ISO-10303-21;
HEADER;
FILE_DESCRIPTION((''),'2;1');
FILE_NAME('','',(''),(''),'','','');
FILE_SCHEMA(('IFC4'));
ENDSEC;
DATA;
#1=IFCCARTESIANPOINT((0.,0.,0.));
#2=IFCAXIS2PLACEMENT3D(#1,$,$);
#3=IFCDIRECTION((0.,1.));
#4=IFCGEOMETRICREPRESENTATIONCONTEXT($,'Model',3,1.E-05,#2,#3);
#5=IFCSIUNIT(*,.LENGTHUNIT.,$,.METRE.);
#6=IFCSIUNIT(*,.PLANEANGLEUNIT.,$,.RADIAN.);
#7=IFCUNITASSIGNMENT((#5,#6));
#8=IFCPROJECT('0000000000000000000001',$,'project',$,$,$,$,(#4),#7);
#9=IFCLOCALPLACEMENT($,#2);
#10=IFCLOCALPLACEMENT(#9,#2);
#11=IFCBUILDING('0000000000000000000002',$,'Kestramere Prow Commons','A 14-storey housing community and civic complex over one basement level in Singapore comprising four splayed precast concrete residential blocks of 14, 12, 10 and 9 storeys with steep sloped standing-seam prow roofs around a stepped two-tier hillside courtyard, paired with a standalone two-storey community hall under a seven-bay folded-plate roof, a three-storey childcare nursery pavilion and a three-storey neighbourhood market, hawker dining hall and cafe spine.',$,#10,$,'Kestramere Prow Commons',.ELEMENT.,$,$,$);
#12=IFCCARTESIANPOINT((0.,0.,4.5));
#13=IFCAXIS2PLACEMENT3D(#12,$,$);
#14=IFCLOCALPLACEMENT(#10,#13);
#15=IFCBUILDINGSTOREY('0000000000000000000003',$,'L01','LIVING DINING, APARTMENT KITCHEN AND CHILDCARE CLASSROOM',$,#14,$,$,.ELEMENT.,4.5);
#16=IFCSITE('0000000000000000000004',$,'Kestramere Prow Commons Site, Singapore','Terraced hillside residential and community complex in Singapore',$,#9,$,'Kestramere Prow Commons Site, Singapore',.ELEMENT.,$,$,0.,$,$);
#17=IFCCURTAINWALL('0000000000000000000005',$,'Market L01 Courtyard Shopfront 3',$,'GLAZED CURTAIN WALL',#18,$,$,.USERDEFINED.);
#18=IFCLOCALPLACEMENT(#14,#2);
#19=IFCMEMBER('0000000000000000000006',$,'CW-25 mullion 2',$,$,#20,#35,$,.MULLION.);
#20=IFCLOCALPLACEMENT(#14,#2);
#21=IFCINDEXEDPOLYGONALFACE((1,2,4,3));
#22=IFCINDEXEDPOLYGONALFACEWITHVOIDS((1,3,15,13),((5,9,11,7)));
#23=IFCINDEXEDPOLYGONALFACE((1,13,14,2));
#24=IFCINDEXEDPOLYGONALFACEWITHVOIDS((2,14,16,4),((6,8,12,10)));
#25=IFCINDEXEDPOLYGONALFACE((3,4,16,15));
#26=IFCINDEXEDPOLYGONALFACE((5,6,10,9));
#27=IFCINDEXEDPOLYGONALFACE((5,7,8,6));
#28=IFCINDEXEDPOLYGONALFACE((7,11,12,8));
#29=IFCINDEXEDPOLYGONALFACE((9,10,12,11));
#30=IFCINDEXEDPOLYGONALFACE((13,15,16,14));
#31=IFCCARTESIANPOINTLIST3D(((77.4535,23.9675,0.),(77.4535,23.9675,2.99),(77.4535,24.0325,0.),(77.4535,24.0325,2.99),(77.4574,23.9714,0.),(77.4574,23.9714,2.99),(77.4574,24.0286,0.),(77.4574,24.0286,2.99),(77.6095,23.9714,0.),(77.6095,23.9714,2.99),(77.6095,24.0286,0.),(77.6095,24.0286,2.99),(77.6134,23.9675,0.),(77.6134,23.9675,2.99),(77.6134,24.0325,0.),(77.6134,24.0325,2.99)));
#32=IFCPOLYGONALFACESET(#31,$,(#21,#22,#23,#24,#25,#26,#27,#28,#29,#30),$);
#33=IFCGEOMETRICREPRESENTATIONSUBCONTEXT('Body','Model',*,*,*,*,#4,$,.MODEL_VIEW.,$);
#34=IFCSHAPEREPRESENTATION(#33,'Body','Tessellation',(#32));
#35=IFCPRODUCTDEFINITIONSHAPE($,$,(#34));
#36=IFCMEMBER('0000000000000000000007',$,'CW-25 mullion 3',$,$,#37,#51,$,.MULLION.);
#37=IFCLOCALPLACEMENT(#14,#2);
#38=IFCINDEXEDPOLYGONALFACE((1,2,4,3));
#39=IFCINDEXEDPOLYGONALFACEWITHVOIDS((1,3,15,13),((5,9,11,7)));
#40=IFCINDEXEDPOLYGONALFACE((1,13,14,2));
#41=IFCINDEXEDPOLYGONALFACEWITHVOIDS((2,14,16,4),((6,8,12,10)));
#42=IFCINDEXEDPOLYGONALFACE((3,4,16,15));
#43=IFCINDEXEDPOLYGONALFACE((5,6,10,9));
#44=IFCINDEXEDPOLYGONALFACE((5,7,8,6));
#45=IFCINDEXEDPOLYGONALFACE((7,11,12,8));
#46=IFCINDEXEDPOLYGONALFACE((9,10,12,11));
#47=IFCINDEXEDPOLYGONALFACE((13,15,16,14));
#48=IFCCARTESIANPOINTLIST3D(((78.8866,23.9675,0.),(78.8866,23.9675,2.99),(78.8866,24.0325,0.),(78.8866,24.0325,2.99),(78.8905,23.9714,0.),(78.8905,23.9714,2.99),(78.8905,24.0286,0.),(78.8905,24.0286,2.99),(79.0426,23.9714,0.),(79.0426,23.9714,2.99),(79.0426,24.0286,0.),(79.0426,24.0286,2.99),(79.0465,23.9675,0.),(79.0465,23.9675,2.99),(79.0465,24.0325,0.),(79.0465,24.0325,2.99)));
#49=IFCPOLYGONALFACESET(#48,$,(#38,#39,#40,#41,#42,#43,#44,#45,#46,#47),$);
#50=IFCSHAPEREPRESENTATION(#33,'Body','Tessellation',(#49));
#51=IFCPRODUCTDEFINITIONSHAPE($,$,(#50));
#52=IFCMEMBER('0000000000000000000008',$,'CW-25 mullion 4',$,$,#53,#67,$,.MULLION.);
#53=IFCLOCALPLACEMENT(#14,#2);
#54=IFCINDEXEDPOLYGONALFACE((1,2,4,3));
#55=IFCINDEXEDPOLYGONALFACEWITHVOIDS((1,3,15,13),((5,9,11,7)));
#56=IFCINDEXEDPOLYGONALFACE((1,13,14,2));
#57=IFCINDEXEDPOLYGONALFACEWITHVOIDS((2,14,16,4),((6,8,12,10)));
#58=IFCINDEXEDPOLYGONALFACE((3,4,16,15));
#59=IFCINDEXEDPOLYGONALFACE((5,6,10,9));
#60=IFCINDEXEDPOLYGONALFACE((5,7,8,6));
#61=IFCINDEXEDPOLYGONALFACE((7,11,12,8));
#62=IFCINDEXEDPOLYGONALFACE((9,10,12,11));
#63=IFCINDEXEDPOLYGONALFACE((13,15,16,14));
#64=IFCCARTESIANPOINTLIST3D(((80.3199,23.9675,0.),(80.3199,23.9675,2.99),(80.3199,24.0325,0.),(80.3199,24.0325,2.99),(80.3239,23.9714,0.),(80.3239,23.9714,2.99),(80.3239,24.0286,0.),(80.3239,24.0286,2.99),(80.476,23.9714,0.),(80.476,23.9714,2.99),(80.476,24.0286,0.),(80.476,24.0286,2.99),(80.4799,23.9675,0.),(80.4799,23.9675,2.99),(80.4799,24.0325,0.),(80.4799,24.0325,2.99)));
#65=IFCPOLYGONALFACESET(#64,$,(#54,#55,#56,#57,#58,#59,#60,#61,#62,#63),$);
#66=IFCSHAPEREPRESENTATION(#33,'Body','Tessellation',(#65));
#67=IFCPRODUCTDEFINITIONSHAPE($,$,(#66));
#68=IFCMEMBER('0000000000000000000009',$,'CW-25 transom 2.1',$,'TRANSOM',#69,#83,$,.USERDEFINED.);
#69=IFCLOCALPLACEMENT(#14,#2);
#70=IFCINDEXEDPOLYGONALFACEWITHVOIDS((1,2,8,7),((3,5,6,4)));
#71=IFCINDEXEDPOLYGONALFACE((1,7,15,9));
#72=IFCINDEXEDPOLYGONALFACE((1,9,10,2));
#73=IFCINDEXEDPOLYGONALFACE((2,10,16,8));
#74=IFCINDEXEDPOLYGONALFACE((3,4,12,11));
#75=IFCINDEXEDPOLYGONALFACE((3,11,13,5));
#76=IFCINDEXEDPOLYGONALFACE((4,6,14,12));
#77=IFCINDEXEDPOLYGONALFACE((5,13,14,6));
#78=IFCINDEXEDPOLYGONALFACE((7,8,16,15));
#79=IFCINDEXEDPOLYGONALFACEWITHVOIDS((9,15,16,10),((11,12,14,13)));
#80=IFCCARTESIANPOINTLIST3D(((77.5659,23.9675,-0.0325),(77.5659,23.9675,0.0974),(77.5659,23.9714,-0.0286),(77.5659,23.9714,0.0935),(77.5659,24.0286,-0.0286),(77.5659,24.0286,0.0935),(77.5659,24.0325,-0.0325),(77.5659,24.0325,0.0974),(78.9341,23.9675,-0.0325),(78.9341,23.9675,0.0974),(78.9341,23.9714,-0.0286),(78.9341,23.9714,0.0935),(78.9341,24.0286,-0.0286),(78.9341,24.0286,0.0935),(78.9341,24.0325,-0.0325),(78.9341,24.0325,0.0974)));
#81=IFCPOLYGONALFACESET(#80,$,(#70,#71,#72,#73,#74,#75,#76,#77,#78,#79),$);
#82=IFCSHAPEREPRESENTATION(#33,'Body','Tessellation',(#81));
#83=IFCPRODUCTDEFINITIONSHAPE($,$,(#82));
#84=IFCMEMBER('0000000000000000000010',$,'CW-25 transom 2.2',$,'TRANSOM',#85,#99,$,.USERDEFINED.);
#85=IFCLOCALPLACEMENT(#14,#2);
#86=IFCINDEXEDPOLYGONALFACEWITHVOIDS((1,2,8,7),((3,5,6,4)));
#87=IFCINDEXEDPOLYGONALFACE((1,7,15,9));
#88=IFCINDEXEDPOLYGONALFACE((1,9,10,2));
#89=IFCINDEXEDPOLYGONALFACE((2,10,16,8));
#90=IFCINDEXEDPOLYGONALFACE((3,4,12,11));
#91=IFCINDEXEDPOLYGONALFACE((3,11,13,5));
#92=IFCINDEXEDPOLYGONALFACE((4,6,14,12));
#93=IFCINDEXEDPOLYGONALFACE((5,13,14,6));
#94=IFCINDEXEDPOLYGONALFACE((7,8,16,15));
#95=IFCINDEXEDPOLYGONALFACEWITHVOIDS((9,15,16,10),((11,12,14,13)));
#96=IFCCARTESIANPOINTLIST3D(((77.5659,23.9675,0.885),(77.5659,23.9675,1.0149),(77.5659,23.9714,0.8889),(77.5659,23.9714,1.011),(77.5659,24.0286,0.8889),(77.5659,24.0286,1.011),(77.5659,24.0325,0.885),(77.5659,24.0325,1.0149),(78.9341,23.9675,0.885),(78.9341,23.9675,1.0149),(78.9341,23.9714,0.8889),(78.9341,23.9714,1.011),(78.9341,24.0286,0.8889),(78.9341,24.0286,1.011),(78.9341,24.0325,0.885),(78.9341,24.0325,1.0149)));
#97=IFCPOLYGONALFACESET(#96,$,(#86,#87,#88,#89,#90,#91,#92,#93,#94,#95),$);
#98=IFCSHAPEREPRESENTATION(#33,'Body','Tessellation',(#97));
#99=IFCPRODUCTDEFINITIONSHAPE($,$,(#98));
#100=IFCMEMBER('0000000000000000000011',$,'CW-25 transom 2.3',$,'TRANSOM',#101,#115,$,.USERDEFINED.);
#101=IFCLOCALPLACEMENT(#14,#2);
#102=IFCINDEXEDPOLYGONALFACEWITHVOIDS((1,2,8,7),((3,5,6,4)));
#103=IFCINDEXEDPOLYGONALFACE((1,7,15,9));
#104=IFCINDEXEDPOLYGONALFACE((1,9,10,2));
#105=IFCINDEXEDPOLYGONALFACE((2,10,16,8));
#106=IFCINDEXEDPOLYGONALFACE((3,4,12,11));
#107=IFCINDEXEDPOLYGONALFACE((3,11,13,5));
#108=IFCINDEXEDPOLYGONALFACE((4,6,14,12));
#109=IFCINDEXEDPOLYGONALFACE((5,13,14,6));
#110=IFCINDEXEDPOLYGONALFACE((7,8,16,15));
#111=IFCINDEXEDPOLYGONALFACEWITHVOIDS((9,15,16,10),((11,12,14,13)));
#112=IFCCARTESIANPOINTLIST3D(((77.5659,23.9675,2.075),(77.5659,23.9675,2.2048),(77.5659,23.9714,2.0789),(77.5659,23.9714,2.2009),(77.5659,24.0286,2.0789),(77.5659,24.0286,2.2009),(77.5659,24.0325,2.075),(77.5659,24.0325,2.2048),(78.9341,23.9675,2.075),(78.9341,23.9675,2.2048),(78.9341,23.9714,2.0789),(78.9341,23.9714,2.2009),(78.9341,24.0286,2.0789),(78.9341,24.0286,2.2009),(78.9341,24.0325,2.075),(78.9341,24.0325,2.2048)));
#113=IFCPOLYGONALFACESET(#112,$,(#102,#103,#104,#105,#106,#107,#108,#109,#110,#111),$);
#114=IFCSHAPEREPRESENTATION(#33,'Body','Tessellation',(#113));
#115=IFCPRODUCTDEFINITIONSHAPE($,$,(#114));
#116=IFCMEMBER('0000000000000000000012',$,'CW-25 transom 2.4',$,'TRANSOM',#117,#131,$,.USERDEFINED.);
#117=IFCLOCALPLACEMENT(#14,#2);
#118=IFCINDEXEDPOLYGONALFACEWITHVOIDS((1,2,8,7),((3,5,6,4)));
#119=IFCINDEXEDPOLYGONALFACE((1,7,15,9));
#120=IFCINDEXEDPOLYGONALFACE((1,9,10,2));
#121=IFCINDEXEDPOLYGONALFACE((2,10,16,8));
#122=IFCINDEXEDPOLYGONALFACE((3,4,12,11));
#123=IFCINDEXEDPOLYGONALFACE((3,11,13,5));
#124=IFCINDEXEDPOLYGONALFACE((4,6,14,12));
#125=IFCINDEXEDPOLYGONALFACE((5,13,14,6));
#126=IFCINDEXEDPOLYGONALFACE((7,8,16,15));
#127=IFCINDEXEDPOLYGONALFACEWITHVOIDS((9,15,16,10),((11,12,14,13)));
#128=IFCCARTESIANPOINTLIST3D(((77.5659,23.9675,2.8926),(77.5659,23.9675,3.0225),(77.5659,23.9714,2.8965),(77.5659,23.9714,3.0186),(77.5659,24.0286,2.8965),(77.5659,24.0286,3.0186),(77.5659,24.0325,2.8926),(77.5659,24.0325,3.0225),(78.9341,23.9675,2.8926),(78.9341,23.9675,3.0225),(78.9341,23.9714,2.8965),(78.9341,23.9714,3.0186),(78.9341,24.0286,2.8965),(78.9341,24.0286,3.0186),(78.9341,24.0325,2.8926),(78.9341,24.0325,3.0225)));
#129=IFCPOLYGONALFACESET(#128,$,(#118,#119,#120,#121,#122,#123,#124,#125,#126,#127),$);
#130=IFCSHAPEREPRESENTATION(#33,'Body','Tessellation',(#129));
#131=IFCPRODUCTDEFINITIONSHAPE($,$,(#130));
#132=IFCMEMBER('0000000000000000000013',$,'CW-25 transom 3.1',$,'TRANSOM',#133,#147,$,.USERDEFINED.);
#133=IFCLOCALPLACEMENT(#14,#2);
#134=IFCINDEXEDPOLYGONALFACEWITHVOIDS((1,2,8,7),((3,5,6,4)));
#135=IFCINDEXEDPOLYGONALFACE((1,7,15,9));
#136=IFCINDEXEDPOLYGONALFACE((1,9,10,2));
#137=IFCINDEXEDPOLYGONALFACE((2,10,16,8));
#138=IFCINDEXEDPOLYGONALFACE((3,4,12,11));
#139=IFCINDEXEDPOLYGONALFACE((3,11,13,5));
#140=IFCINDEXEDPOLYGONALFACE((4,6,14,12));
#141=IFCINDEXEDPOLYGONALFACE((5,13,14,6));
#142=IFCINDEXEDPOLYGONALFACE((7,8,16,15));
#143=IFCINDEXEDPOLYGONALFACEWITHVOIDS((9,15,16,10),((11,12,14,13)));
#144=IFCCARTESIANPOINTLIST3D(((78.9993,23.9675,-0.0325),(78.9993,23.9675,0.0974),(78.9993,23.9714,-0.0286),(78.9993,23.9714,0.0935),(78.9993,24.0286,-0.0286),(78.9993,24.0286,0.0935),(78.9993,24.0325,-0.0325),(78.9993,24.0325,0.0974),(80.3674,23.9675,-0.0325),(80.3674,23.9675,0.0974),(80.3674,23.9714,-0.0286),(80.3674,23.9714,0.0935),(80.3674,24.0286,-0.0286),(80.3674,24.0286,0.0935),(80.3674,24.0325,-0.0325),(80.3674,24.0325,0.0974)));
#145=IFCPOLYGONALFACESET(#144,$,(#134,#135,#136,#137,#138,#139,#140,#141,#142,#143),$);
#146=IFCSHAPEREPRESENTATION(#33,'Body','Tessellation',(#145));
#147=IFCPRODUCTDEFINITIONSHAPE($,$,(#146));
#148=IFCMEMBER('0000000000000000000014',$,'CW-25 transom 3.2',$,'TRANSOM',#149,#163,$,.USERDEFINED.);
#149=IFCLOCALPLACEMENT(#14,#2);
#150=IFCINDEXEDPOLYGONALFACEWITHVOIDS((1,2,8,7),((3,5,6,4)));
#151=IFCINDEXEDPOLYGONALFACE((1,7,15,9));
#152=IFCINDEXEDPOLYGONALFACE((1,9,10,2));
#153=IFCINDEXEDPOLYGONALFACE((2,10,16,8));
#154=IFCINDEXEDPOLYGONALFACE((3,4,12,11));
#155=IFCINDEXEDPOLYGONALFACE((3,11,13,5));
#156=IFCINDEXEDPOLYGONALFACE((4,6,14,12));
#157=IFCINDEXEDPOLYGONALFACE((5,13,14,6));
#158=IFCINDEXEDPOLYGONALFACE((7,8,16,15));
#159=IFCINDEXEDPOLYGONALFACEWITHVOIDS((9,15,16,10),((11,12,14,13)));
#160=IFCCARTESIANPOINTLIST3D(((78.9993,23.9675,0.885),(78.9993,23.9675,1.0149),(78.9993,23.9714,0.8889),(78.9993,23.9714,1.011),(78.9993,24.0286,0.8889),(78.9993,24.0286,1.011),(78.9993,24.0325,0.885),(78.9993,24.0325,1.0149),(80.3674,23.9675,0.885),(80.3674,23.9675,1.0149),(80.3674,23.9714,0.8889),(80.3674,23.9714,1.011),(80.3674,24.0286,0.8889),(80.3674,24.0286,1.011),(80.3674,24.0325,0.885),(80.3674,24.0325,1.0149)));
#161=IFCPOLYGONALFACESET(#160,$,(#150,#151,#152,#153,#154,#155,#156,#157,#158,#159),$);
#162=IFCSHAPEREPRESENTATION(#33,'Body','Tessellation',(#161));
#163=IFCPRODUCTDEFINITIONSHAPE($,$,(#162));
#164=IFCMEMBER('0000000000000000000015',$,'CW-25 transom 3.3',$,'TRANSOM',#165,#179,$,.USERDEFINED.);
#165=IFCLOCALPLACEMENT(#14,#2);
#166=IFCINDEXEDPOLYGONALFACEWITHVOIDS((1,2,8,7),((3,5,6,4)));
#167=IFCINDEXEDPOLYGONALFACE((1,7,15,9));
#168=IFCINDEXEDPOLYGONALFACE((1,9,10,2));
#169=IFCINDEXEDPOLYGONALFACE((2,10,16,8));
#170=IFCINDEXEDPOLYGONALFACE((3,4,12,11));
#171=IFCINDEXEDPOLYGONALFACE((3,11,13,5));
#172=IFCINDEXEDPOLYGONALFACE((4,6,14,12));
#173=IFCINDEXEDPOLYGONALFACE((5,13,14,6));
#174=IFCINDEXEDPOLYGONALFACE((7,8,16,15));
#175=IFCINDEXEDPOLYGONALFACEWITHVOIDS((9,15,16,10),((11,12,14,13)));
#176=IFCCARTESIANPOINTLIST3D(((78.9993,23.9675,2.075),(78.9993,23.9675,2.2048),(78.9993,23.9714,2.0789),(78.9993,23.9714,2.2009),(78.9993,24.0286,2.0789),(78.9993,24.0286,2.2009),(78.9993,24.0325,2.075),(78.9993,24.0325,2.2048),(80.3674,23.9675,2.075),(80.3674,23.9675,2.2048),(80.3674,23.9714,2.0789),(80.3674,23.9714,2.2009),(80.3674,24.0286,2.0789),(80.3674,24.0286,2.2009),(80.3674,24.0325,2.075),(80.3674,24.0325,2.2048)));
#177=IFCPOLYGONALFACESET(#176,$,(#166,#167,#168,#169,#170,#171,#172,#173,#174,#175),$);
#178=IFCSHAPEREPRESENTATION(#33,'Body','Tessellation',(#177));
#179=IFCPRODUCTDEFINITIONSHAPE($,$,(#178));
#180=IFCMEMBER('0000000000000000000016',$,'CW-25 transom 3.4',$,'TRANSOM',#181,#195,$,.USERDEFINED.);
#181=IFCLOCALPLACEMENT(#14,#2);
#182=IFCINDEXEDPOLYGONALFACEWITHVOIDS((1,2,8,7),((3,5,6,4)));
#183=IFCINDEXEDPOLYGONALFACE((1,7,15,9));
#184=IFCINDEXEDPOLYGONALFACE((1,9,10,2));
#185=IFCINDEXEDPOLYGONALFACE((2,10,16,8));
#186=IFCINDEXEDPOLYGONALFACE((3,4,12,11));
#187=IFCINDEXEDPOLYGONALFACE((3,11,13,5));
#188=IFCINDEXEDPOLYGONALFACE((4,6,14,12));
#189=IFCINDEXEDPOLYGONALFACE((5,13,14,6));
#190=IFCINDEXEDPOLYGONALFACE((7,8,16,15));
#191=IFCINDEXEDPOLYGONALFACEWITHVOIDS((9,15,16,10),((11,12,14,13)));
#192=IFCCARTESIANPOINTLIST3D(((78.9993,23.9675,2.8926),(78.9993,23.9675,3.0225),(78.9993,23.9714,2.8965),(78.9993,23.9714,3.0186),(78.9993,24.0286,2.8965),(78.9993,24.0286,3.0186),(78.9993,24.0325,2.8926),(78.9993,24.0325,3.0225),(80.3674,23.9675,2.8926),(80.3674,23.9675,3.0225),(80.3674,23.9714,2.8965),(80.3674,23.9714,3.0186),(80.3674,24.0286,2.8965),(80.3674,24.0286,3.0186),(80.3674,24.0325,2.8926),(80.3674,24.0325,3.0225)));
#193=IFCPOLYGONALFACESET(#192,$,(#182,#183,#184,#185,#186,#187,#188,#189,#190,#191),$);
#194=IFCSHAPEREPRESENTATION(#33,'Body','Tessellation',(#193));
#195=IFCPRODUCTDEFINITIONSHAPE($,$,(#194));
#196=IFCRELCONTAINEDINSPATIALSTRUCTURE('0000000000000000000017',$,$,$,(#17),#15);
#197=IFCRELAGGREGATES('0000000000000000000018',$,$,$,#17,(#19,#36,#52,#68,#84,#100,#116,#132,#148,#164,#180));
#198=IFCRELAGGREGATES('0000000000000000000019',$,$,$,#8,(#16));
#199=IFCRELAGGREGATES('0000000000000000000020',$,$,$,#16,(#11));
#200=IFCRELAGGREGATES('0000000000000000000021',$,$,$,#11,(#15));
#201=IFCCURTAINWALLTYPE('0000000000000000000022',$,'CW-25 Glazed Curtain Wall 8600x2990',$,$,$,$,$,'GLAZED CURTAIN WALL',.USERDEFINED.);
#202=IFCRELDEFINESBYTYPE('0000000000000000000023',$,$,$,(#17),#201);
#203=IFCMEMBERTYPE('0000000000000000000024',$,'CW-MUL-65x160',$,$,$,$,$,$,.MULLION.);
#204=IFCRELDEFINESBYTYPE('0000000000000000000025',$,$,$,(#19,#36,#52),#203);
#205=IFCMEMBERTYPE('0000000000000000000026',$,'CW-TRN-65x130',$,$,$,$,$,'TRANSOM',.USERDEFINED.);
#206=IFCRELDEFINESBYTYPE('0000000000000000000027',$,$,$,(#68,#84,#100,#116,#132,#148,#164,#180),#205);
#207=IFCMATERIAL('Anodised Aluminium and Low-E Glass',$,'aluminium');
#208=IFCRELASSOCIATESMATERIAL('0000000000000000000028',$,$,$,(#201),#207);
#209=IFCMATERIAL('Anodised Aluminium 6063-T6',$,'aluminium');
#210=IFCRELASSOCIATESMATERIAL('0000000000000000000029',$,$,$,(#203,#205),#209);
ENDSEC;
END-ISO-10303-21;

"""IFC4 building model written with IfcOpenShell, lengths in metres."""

from ifc_helpers import new_model, si_unit, direction, frame, origin, origin_2d, place, context, subcontext, project, spatial, hollow_rectangle, extrude, material, material_profile, profile_set, type_object, element, aggregate, save


model = new_model("IFC4")

# Units and contexts
model_context = context("Model", 3, precision=1e-05, world=origin(), true_north=direction((0.0, 1.0)))
body_context = subcontext(model_context, "Body", "Model", "MODEL_VIEW")
ifc_project = project(units=[si_unit("LENGTHUNIT", "METRE"), si_unit("PLANEANGLEUNIT", "RADIAN")], contexts=[model_context])

# Site, building, storey
site_placement = place(None, origin())
site = spatial("IfcSite", under=ifc_project, at=site_placement, Name="Kestramere Prow Commons Site, Singapore", Description="Terraced hillside residential and community complex in Singapore", LongName="Kestramere Prow Commons Site, Singapore", CompositionType="ELEMENT", RefElevation=0.0)
building_placement = place(site_placement, origin())
building = spatial("IfcBuilding", under=site, at=building_placement, Name="Kestramere Prow Commons", Description="A 14-storey housing community and civic complex over one basement level in Singapore comprising four splayed precast concrete residential blocks of 14, 12, 10 and 9 storeys with steep sloped standing-seam prow roofs around a stepped two-tier hillside courtyard, paired with a standalone two-storey community hall under a seven-bay folded-plate roof, a three-storey childcare nursery pavilion and a three-storey neighbourhood market, hawker dining hall and cafe spine.", LongName="Kestramere Prow Commons", CompositionType="ELEMENT")
storey_placement = place(building_placement, frame((0.0, 0.0, 4.5)))
storey = spatial("IfcBuildingStorey", under=building, at=storey_placement, Name="L01", Description="LIVING DINING, APARTMENT KITCHEN AND CHILDCARE CLASSROOM", CompositionType="ELEMENT", Elevation=4.5)

# Curtain wall, members
ifc_material_1 = material(Name="Anodised Aluminium and Low-E Glass", Category="aluminium")
curtain_wall_type = type_object("IfcCurtainWallType", Name="CW-25 Glazed Curtain Wall 8600x2990", ElementType="GLAZED CURTAIN WALL", PredefinedType="USERDEFINED", material=ifc_material_1)
curtain_wall_placement = place(storey_placement, origin())
curtain_wall = element("IfcCurtainWall", 1, at=curtain_wall_placement, inside=storey, type_object=curtain_wall_type, Name="Market L01 Courtyard Shopfront 3", ObjectType="GLAZED CURTAIN WALL", PredefinedType="USERDEFINED")
ifc_material_2 = material(Name="Anodised Aluminium 6063-T6", Category="aluminium")
ifc_material_profile_1 = material_profile(ifc_material_2, hollow_rectangle(XDim=0.0649, YDim=0.1599, WallThickness=0.0039, at=origin_2d()), Name="ALU-MUL 65x160")
ifc_profile_set_1 = profile_set([ifc_material_profile_1], Name="Anodised Aluminium 6063-T6")
member_type_1 = type_object("IfcMemberType", Name="CW-MUL-65x160", PredefinedType="MULLION", material=ifc_profile_set_1)
member_1_placement = place(storey_placement, frame((77.5334, 24.0, 0.0), z_axis=(0.0, 0.0, 1.0), x_axis=(0.0, 1.0, 0.0)))
member_1 = element("IfcMember", 2, at=member_1_placement, type_object=member_type_1, Name="CW-25 mullion 2", PredefinedType="MULLION", context=body_context, shape_type="SweptSolid", body=[
    extrude(hollow_rectangle(XDim=0.0649, YDim=0.1599, WallThickness=0.0039, at=origin_2d()), origin(), (0.0, 0.0, 1.0), 2.99),
])
member_2_placement = place(storey_placement, frame((78.9666, 24.0, 0.0), z_axis=(0.0, 0.0, 1.0), x_axis=(0.0, 1.0, 0.0)))
member_2 = element("IfcMember", 3, at=member_2_placement, type_object=member_type_1, Name="CW-25 mullion 3", PredefinedType="MULLION", context=body_context, shape_type="SweptSolid", body=[
    extrude(hollow_rectangle(XDim=0.0649, YDim=0.1599, WallThickness=0.0039, at=origin_2d()), origin(), (0.0, 0.0, 1.0), 2.99),
])
member_3_placement = place(storey_placement, frame((80.3999, 24.0, 0.0), z_axis=(0.0, 0.0, 1.0), x_axis=(0.0, 1.0, 0.0)))
member_3 = element("IfcMember", 4, at=member_3_placement, type_object=member_type_1, Name="CW-25 mullion 4", PredefinedType="MULLION", context=body_context, shape_type="SweptSolid", body=[
    extrude(hollow_rectangle(XDim=0.0649, YDim=0.1599, WallThickness=0.0039, at=origin_2d()), origin(), (0.0, 0.0, 1.0), 2.99),
])
ifc_material_profile_2 = material_profile(ifc_material_2, hollow_rectangle(XDim=0.0649, YDim=0.1299, WallThickness=0.0039, at=origin_2d()), Name="ALU-TRN 65x130")
ifc_profile_set_2 = profile_set([ifc_material_profile_2], Name="Anodised Aluminium 6063-T6")
member_type_2 = type_object("IfcMemberType", Name="CW-TRN-65x130", ElementType="TRANSOM", PredefinedType="USERDEFINED", material=ifc_profile_set_2)
member_4_placement = place(storey_placement, frame((77.5659, 24.0, 0.0325), z_axis=(1.0, 0.0, 0.0), x_axis=(0.0, 1.0, 0.0)))
member_4 = element("IfcMember", 5, at=member_4_placement, type_object=member_type_2, Name="CW-25 transom 2.1", ObjectType="TRANSOM", PredefinedType="USERDEFINED", context=body_context, shape_type="SweptSolid", body=[
    extrude(hollow_rectangle(XDim=0.0649, YDim=0.1299, WallThickness=0.0039, at=origin_2d()), origin(), (0.0, 0.0, 1.0), 1.3682),
])
member_5_placement = place(storey_placement, frame((77.5659, 24.0, 0.95), z_axis=(1.0, 0.0, 0.0), x_axis=(0.0, 1.0, 0.0)))
member_5 = element("IfcMember", 6, at=member_5_placement, type_object=member_type_2, Name="CW-25 transom 2.2", ObjectType="TRANSOM", PredefinedType="USERDEFINED", context=body_context, shape_type="SweptSolid", body=[
    extrude(hollow_rectangle(XDim=0.0649, YDim=0.1299, WallThickness=0.0039, at=origin_2d()), origin(), (0.0, 0.0, 1.0), 1.3682),
])
member_6_placement = place(storey_placement, frame((77.5659, 24.0, 2.1399), z_axis=(1.0, 0.0, 0.0), x_axis=(0.0, 1.0, 0.0)))
member_6 = element("IfcMember", 7, at=member_6_placement, type_object=member_type_2, Name="CW-25 transom 2.3", ObjectType="TRANSOM", PredefinedType="USERDEFINED", context=body_context, shape_type="SweptSolid", body=[
    extrude(hollow_rectangle(XDim=0.0649, YDim=0.1299, WallThickness=0.0039, at=origin_2d()), origin(), (0.0, 0.0, 1.0), 1.3682),
])
member_7_placement = place(storey_placement, frame((77.5659, 24.0, 2.9575), z_axis=(1.0, 0.0, 0.0), x_axis=(0.0, 1.0, 0.0)))
member_7 = element("IfcMember", 8, at=member_7_placement, type_object=member_type_2, Name="CW-25 transom 2.4", ObjectType="TRANSOM", PredefinedType="USERDEFINED", context=body_context, shape_type="SweptSolid", body=[
    extrude(hollow_rectangle(XDim=0.0649, YDim=0.1299, WallThickness=0.0039, at=origin_2d()), origin(), (0.0, 0.0, 1.0), 1.3682),
])
member_8_placement = place(storey_placement, frame((78.9993, 24.0, 0.0325), z_axis=(1.0, 0.0, 0.0), x_axis=(0.0, 1.0, 0.0)))
member_8 = element("IfcMember", 9, at=member_8_placement, type_object=member_type_2, Name="CW-25 transom 3.1", ObjectType="TRANSOM", PredefinedType="USERDEFINED", context=body_context, shape_type="SweptSolid", body=[
    extrude(hollow_rectangle(XDim=0.0649, YDim=0.1299, WallThickness=0.0039, at=origin_2d()), origin(), (0.0, 0.0, 1.0), 1.3682),
])
member_9_placement = place(storey_placement, frame((78.9993, 24.0, 0.95), z_axis=(1.0, 0.0, 0.0), x_axis=(0.0, 1.0, 0.0)))
member_9 = element("IfcMember", 10, at=member_9_placement, type_object=member_type_2, Name="CW-25 transom 3.2", ObjectType="TRANSOM", PredefinedType="USERDEFINED", context=body_context, shape_type="SweptSolid", body=[
    extrude(hollow_rectangle(XDim=0.0649, YDim=0.1299, WallThickness=0.0039, at=origin_2d()), origin(), (0.0, 0.0, 1.0), 1.3682),
])
member_10_placement = place(storey_placement, frame((78.9993, 24.0, 2.1399), z_axis=(1.0, 0.0, 0.0), x_axis=(0.0, 1.0, 0.0)))
member_10 = element("IfcMember", 11, at=member_10_placement, type_object=member_type_2, Name="CW-25 transom 3.3", ObjectType="TRANSOM", PredefinedType="USERDEFINED", context=body_context, shape_type="SweptSolid", body=[
    extrude(hollow_rectangle(XDim=0.0649, YDim=0.1299, WallThickness=0.0039, at=origin_2d()), origin(), (0.0, 0.0, 1.0), 1.3682),
])
member_11_placement = place(storey_placement, frame((78.9993, 24.0, 2.9575), z_axis=(1.0, 0.0, 0.0), x_axis=(0.0, 1.0, 0.0)))
member_11 = element("IfcMember", 12, at=member_11_placement, type_object=member_type_2, Name="CW-25 transom 3.4", ObjectType="TRANSOM", PredefinedType="USERDEFINED", context=body_context, shape_type="SweptSolid", body=[
    extrude(hollow_rectangle(XDim=0.0649, YDim=0.1299, WallThickness=0.0039, at=origin_2d()), origin(), (0.0, 0.0, 1.0), 1.3682),
])
aggregate(curtain_wall, [member_1, member_2, member_3, member_4, member_5, member_6, member_7, member_8, member_9, member_10, member_11])

save(model, "model.ifc")
